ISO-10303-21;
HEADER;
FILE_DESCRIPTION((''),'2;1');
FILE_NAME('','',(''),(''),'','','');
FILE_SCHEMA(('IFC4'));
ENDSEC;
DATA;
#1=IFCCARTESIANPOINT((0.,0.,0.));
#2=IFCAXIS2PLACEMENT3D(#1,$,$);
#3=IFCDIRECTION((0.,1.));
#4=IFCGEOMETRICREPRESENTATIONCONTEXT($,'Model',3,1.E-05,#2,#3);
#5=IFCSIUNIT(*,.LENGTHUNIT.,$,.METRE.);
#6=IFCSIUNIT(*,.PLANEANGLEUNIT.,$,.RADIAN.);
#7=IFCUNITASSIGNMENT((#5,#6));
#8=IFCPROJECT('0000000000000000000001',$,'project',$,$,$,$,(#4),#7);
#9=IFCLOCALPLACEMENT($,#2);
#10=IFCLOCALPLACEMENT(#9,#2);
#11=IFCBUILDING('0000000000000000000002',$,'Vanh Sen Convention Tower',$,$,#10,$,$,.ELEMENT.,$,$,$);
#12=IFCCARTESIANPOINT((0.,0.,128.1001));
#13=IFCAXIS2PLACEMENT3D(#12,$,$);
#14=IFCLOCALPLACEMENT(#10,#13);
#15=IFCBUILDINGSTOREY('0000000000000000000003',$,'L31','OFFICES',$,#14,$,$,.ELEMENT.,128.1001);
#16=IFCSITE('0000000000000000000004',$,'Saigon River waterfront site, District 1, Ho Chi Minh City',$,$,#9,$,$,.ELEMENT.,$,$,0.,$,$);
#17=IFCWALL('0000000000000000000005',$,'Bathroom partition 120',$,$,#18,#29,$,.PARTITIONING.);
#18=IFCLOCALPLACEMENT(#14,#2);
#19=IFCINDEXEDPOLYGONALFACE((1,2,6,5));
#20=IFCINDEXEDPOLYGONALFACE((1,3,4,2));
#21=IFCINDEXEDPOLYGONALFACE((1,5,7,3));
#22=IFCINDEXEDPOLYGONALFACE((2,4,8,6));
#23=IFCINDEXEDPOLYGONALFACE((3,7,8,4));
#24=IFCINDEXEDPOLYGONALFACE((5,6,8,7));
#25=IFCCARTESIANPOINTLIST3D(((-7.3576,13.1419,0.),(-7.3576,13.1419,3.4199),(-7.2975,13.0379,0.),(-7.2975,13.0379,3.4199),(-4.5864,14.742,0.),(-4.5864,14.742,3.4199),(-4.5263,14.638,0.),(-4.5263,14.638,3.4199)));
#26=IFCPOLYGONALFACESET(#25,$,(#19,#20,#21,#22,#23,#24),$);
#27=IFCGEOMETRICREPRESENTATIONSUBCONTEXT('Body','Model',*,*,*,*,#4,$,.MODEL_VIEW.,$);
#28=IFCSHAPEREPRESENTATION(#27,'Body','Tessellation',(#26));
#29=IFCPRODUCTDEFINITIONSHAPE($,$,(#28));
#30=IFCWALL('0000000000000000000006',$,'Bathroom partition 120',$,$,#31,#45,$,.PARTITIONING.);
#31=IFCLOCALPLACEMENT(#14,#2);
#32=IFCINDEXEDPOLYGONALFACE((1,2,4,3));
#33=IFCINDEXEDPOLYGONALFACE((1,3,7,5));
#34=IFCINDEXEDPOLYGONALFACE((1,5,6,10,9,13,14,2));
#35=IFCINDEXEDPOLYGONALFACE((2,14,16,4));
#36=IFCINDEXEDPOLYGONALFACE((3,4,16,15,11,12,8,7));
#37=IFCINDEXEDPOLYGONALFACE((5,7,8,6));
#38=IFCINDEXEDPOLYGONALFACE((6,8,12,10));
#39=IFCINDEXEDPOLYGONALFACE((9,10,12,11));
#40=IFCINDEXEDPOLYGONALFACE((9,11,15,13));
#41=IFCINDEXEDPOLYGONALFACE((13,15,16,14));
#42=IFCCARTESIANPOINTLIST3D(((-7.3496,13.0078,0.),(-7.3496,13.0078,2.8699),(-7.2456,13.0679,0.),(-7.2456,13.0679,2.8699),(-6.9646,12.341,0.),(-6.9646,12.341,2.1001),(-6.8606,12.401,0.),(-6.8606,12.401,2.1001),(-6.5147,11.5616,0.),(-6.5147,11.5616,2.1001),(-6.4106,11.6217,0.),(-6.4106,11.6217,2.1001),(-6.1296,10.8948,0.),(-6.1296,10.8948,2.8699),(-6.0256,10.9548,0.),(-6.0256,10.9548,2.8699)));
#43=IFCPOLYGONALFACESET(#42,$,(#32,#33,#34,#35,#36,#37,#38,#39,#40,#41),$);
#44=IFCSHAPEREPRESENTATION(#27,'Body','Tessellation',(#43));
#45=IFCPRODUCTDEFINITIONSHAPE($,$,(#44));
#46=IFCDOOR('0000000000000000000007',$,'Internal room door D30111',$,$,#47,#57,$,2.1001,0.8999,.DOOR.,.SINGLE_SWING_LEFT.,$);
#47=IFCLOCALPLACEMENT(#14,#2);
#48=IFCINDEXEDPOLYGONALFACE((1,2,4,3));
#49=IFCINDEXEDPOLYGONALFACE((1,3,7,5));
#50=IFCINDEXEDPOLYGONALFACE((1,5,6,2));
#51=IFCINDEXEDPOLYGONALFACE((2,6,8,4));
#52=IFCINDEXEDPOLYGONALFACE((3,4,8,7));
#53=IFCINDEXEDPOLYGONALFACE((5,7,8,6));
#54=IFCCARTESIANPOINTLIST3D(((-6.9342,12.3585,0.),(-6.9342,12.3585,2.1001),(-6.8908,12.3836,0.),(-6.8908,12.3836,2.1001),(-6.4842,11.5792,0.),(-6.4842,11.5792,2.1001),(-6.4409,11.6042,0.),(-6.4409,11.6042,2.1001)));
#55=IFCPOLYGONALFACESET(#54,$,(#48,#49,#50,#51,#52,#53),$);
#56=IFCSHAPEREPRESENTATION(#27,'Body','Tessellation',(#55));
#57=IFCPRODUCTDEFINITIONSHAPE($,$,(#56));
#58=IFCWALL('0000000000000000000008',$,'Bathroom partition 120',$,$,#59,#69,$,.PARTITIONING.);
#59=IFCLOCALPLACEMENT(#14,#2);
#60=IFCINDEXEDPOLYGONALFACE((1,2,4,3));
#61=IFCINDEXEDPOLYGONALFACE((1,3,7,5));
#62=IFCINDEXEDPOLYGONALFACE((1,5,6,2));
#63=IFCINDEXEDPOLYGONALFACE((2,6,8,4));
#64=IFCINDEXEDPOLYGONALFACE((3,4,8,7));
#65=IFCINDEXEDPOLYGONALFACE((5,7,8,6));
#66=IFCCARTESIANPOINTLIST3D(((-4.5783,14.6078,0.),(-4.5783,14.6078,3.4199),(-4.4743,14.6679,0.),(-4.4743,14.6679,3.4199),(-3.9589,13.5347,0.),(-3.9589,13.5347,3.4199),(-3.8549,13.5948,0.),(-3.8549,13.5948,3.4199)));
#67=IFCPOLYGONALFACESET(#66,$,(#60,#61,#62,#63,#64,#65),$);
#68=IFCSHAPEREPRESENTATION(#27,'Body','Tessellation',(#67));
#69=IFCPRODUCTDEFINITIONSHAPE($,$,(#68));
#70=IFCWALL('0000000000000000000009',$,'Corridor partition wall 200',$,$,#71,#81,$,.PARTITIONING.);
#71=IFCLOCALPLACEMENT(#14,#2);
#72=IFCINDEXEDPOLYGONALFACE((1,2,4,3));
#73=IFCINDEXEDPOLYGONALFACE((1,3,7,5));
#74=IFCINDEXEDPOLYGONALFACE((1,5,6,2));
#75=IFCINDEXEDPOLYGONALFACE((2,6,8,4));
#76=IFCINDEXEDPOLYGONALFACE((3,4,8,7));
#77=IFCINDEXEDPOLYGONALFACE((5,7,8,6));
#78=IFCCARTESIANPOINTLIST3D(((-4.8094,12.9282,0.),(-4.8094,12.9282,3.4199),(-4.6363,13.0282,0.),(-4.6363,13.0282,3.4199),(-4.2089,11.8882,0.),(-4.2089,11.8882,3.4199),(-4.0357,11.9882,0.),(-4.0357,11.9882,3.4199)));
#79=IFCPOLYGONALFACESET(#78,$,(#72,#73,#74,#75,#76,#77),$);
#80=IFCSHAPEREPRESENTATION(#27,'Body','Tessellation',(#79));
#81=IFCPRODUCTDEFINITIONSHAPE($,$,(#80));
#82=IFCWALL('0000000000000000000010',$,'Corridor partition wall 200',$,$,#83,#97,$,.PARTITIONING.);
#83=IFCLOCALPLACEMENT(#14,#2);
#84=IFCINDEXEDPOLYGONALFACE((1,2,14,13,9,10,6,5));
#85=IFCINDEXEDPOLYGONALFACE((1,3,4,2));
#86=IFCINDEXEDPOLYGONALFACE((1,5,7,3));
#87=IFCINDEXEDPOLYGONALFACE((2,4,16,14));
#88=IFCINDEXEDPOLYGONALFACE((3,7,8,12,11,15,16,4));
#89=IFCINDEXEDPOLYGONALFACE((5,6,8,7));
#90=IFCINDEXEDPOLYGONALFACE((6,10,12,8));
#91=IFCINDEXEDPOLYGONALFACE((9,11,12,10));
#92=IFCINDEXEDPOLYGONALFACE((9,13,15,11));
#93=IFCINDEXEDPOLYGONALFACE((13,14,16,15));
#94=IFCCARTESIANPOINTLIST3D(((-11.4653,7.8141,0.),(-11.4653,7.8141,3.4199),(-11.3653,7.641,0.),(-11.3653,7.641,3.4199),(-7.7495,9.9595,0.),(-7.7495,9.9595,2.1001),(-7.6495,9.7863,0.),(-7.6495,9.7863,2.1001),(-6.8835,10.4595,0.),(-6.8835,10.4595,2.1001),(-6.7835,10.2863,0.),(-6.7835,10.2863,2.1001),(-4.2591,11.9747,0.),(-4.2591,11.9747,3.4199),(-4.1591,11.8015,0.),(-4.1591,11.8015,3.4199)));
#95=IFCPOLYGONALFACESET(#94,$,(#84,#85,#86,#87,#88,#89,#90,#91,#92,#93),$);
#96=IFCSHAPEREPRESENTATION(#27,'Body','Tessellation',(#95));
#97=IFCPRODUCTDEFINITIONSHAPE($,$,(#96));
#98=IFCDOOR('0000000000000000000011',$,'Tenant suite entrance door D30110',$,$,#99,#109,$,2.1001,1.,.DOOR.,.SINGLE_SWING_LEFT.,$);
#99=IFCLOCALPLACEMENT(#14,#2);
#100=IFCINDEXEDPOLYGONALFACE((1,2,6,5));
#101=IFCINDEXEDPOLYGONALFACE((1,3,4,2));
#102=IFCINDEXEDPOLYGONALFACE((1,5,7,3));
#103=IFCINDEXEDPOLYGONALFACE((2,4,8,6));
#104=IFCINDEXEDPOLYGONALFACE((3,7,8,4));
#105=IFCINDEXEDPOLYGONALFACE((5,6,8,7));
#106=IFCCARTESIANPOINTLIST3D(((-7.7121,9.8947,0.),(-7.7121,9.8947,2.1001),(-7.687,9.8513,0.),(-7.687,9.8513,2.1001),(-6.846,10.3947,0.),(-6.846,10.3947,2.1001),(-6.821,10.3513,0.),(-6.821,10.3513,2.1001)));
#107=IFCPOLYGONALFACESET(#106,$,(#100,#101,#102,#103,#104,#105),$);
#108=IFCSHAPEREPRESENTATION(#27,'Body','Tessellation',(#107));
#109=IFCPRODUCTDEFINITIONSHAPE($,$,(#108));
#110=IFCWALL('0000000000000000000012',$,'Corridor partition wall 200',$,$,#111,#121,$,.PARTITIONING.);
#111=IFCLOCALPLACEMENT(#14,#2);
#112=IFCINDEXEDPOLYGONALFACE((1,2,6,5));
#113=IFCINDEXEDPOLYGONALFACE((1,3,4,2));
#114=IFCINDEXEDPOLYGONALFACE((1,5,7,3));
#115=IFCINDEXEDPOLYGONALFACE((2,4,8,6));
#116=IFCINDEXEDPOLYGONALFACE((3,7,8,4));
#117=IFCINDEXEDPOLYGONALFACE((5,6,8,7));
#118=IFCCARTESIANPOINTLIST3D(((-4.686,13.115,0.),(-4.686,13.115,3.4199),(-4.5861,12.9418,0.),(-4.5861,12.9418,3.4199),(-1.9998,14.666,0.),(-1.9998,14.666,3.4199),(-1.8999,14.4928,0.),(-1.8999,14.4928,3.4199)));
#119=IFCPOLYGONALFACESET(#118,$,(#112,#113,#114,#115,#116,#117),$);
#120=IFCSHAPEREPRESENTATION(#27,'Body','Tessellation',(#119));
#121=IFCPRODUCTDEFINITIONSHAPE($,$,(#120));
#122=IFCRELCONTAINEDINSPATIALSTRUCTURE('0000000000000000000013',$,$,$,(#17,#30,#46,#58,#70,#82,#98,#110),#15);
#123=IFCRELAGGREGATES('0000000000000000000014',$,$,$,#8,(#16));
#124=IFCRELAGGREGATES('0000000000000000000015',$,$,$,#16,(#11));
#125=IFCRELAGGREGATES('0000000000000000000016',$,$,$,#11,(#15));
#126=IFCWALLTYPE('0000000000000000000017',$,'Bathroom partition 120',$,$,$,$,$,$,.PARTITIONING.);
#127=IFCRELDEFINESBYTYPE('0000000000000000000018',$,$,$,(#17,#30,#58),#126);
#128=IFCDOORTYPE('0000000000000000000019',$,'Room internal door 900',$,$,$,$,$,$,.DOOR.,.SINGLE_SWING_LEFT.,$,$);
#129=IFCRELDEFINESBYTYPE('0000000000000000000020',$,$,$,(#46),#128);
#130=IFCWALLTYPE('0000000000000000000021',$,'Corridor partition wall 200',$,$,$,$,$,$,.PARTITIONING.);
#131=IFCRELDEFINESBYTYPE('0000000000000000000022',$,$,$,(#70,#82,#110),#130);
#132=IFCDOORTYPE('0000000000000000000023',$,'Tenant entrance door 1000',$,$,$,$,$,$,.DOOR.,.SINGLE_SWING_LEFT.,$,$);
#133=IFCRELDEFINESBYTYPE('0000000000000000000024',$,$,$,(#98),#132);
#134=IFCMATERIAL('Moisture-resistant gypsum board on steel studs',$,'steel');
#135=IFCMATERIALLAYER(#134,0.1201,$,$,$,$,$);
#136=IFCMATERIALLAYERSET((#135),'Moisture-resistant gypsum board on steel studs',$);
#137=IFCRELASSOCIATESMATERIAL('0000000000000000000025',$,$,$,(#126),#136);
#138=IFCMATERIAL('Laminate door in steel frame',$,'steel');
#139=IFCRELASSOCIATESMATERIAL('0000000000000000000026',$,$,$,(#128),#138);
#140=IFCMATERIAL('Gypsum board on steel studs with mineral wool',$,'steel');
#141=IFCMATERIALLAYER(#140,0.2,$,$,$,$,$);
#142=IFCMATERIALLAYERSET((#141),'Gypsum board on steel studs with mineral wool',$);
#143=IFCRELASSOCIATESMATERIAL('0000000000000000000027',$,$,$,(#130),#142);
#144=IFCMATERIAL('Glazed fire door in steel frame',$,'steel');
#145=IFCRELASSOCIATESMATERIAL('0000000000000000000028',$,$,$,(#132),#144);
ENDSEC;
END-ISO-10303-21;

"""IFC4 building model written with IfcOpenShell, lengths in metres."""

from ifc_helpers import new_model, si_unit, direction, frame, frame_2d, origin, place, context, subcontext, project, spatial, rectangle, extrude, material, layer, layer_set, type_object, element, fill, save


model = new_model("IFC4")

# Units and contexts
model_context = context("Model", 3, precision=1e-05, world=origin(), true_north=direction((0.0, 1.0)))
body_context = subcontext(model_context, "Body", "Model", "MODEL_VIEW")
ifc_project = project(units=[si_unit("LENGTHUNIT", "METRE"), si_unit("PLANEANGLEUNIT", "RADIAN")], contexts=[model_context])

# Site, building, storey
site_placement = place(None, origin())
site = spatial("IfcSite", under=ifc_project, at=site_placement, Name="Saigon River waterfront site, District 1, Ho Chi Minh City", CompositionType="ELEMENT", RefElevation=0.0)
building_placement = place(site_placement, origin())
building = spatial("IfcBuilding", under=site, at=building_placement, Name="Vanh Sen Convention Tower", CompositionType="ELEMENT")
storey_placement = place(building_placement, frame((0.0, 0.0, 128.1001)))
storey = spatial("IfcBuildingStorey", under=building, at=storey_placement, Name="L31", Description="OFFICES", CompositionType="ELEMENT", Elevation=128.1001)

# Wall
ifc_material_1 = material(Name="Moisture-resistant gypsum board on steel studs", Category="steel")
ifc_layer_1 = layer(ifc_material_1, 0.1201)
ifc_layer_set_1 = layer_set([ifc_layer_1], Name="Moisture-resistant gypsum board on steel studs")
wall_type_1 = type_object("IfcWallType", Name="Bathroom partition 120", PredefinedType="PARTITIONING", material=ifc_layer_set_1)
wall_1_placement = place(storey_placement, frame((-7.3276, 13.0898, 0.0), z_axis=(0.0, 0.0, 1.0), x_axis=(0.866009, 0.500028, 0.0)))
element("IfcWall", 1, at=wall_1_placement, inside=storey, type_object=wall_type_1, Name="Bathroom partition 120", PredefinedType="PARTITIONING", context=body_context, shape_type="SweptSolid", body=[
    extrude(rectangle(XDim=3.2, YDim=0.1201, at=frame_2d((1.6001, 0.0))), origin(), (0.0, 0.0, 1.0), 3.4199),
])

# Wall, opening, door
wall_2_placement = place(storey_placement, frame((-6.0776, 10.9248, 0.0), z_axis=(0.0, 0.0, 1.0), x_axis=(-0.500003, 0.866024, 0.0)))
wall_2 = element("IfcWall", 2, at=wall_2_placement, inside=storey, type_object=wall_type_1, Name="Bathroom partition 120", PredefinedType="PARTITIONING", context=body_context, shape_type="SweptSolid", body=[
    extrude(rectangle(XDim=2.4399, YDim=0.1201, at=frame_2d((1.22, 0.0))), origin(), (0.0, 0.0, 1.0), 2.8699),
])
opening_1_placement = place(wall_2_placement, frame((0.77, 0.0, 0.0)))
opening_1 = element("IfcOpeningElement", 3, at=opening_1_placement, cuts=wall_2, PredefinedType="OPENING", context=body_context, shape_type="SweptSolid", body=[
    extrude(rectangle(XDim=0.8999, YDim=2.1001, at=frame_2d((0.45, 1.05))), frame((0.0, 0.0701, 0.0), z_axis=(0.0, -1.0, 0.0), x_axis=(1.0, 0.0, 0.0)), (0.0, 0.0, 1.0), 0.1401),
])
ifc_material_2 = material(Name="Laminate door in steel frame", Category="steel")
door_type_1 = type_object("IfcDoorType", Name="Room internal door 900", OperationType="SINGLE_SWING_LEFT", PredefinedType="DOOR", material=ifc_material_2)
door_1_placement = place(opening_1_placement, origin())
door_1 = element("IfcDoor", 4, at=door_1_placement, inside=storey, type_object=door_type_1, Name="Internal room door D30111", OperationType="SINGLE_SWING_LEFT", OverallHeight=2.1001, OverallWidth=0.8999, PredefinedType="DOOR", context=body_context, shape_type="SweptSolid", body=[
    extrude(rectangle(XDim=0.8999, YDim=2.1001, at=frame_2d((0.45, 1.05))), frame((0.0, 0.0249, 0.0), z_axis=(0.0, -1.0, 0.0), x_axis=(1.0, 0.0, 0.0)), (0.0, 0.0, 1.0), 0.05),
])
fill(opening_1, door_1)

# Walls
wall_3_placement = place(storey_placement, frame((-4.5264, 14.6379, 0.0), z_axis=(0.0, 0.0, 1.0), x_axis=(0.499933, -0.866064, 0.0)))
element("IfcWall", 5, at=wall_3_placement, inside=storey, type_object=wall_type_1, Name="Bathroom partition 120", PredefinedType="PARTITIONING", context=body_context, shape_type="SweptSolid", body=[
    extrude(rectangle(XDim=1.239, YDim=0.1201, at=frame_2d((0.6196, 0.0))), origin(), (0.0, 0.0, 1.0), 3.4199),
])
ifc_material_3 = material(Name="Gypsum board on steel studs with mineral wool", Category="steel")
ifc_layer_2 = layer(ifc_material_3, 0.2)
ifc_layer_set_2 = layer_set([ifc_layer_2], Name="Gypsum board on steel studs with mineral wool")
wall_type_2 = type_object("IfcWallType", Name="Corridor partition wall 200", PredefinedType="PARTITIONING", material=ifc_layer_set_2)
wall_4_placement = place(storey_placement, frame((-4.7229, 12.9783, 0.0), z_axis=(0.0, 0.0, 1.0), x_axis=(0.500074, -0.865982, 0.0)))
element("IfcWall", 6, at=wall_4_placement, inside=storey, type_object=wall_type_2, Name="Corridor partition wall 200", PredefinedType="PARTITIONING", context=body_context, shape_type="SweptSolid", body=[
    extrude(rectangle(XDim=1.2009, YDim=0.2, at=frame_2d((0.6006, 0.0))), origin(), (0.0, 0.0, 1.0), 3.4199),
])

# Wall, opening, door
wall_5_placement = place(storey_placement, frame((-4.209, 11.8882, 0.0), z_axis=(0.0, 0.0, 1.0), x_axis=(-0.866021, -0.500008, 0.0)))
wall_5 = element("IfcWall", 7, at=wall_5_placement, inside=storey, type_object=wall_type_2, Name="Corridor partition wall 200", PredefinedType="PARTITIONING", context=body_context, shape_type="SweptSolid", body=[
    extrude(rectangle(XDim=8.321, YDim=0.2, at=frame_2d((4.1606, 0.0))), origin(), (0.0, 0.0, 1.0), 3.4199),
])
opening_2_placement = place(wall_5_placement, frame((3.0305, 0.0, 0.0)))
opening_2 = element("IfcOpeningElement", 8, at=opening_2_placement, cuts=wall_5, PredefinedType="OPENING", context=body_context, shape_type="SweptSolid", body=[
    extrude(rectangle(XDim=1.0, YDim=2.1001, at=frame_2d((0.5, 1.05))), frame((0.0, 0.1099, 0.0), z_axis=(0.0, -1.0, 0.0), x_axis=(1.0, 0.0, 0.0)), (0.0, 0.0, 1.0), 0.22),
])
ifc_material_4 = material(Name="Glazed fire door in steel frame", Category="steel")
door_type_2 = type_object("IfcDoorType", Name="Tenant entrance door 1000", OperationType="SINGLE_SWING_LEFT", PredefinedType="DOOR", material=ifc_material_4)
door_2_placement = place(opening_2_placement, origin())
door_2 = element("IfcDoor", 9, at=door_2_placement, inside=storey, type_object=door_type_2, Name="Tenant suite entrance door D30110", OperationType="SINGLE_SWING_LEFT", OverallHeight=2.1001, OverallWidth=1.0, PredefinedType="DOOR", context=body_context, shape_type="SweptSolid", body=[
    extrude(rectangle(XDim=1.0, YDim=2.1001, at=frame_2d((0.5, 1.05))), frame((0.0, 0.0249, 0.0), z_axis=(0.0, -1.0, 0.0), x_axis=(1.0, 0.0, 0.0)), (0.0, 0.0, 1.0), 0.05),
])
fill(opening_2, door_2)

# Wall
wall_6_placement = place(storey_placement, frame((-1.95, 14.5793, 0.0), z_axis=(0.0, 0.0, 1.0), x_axis=(-0.866011, -0.500024, 0.0)))
element("IfcWall", 10, at=wall_6_placement, inside=storey, type_object=wall_type_2, Name="Corridor partition wall 200", PredefinedType="PARTITIONING", context=body_context, shape_type="SweptSolid", body=[
    extrude(rectangle(XDim=3.1018, YDim=0.2, at=frame_2d((1.5508, 0.0))), origin(), (0.0, 0.0, 1.0), 3.4199),
])

save(model, "model.ifc")
